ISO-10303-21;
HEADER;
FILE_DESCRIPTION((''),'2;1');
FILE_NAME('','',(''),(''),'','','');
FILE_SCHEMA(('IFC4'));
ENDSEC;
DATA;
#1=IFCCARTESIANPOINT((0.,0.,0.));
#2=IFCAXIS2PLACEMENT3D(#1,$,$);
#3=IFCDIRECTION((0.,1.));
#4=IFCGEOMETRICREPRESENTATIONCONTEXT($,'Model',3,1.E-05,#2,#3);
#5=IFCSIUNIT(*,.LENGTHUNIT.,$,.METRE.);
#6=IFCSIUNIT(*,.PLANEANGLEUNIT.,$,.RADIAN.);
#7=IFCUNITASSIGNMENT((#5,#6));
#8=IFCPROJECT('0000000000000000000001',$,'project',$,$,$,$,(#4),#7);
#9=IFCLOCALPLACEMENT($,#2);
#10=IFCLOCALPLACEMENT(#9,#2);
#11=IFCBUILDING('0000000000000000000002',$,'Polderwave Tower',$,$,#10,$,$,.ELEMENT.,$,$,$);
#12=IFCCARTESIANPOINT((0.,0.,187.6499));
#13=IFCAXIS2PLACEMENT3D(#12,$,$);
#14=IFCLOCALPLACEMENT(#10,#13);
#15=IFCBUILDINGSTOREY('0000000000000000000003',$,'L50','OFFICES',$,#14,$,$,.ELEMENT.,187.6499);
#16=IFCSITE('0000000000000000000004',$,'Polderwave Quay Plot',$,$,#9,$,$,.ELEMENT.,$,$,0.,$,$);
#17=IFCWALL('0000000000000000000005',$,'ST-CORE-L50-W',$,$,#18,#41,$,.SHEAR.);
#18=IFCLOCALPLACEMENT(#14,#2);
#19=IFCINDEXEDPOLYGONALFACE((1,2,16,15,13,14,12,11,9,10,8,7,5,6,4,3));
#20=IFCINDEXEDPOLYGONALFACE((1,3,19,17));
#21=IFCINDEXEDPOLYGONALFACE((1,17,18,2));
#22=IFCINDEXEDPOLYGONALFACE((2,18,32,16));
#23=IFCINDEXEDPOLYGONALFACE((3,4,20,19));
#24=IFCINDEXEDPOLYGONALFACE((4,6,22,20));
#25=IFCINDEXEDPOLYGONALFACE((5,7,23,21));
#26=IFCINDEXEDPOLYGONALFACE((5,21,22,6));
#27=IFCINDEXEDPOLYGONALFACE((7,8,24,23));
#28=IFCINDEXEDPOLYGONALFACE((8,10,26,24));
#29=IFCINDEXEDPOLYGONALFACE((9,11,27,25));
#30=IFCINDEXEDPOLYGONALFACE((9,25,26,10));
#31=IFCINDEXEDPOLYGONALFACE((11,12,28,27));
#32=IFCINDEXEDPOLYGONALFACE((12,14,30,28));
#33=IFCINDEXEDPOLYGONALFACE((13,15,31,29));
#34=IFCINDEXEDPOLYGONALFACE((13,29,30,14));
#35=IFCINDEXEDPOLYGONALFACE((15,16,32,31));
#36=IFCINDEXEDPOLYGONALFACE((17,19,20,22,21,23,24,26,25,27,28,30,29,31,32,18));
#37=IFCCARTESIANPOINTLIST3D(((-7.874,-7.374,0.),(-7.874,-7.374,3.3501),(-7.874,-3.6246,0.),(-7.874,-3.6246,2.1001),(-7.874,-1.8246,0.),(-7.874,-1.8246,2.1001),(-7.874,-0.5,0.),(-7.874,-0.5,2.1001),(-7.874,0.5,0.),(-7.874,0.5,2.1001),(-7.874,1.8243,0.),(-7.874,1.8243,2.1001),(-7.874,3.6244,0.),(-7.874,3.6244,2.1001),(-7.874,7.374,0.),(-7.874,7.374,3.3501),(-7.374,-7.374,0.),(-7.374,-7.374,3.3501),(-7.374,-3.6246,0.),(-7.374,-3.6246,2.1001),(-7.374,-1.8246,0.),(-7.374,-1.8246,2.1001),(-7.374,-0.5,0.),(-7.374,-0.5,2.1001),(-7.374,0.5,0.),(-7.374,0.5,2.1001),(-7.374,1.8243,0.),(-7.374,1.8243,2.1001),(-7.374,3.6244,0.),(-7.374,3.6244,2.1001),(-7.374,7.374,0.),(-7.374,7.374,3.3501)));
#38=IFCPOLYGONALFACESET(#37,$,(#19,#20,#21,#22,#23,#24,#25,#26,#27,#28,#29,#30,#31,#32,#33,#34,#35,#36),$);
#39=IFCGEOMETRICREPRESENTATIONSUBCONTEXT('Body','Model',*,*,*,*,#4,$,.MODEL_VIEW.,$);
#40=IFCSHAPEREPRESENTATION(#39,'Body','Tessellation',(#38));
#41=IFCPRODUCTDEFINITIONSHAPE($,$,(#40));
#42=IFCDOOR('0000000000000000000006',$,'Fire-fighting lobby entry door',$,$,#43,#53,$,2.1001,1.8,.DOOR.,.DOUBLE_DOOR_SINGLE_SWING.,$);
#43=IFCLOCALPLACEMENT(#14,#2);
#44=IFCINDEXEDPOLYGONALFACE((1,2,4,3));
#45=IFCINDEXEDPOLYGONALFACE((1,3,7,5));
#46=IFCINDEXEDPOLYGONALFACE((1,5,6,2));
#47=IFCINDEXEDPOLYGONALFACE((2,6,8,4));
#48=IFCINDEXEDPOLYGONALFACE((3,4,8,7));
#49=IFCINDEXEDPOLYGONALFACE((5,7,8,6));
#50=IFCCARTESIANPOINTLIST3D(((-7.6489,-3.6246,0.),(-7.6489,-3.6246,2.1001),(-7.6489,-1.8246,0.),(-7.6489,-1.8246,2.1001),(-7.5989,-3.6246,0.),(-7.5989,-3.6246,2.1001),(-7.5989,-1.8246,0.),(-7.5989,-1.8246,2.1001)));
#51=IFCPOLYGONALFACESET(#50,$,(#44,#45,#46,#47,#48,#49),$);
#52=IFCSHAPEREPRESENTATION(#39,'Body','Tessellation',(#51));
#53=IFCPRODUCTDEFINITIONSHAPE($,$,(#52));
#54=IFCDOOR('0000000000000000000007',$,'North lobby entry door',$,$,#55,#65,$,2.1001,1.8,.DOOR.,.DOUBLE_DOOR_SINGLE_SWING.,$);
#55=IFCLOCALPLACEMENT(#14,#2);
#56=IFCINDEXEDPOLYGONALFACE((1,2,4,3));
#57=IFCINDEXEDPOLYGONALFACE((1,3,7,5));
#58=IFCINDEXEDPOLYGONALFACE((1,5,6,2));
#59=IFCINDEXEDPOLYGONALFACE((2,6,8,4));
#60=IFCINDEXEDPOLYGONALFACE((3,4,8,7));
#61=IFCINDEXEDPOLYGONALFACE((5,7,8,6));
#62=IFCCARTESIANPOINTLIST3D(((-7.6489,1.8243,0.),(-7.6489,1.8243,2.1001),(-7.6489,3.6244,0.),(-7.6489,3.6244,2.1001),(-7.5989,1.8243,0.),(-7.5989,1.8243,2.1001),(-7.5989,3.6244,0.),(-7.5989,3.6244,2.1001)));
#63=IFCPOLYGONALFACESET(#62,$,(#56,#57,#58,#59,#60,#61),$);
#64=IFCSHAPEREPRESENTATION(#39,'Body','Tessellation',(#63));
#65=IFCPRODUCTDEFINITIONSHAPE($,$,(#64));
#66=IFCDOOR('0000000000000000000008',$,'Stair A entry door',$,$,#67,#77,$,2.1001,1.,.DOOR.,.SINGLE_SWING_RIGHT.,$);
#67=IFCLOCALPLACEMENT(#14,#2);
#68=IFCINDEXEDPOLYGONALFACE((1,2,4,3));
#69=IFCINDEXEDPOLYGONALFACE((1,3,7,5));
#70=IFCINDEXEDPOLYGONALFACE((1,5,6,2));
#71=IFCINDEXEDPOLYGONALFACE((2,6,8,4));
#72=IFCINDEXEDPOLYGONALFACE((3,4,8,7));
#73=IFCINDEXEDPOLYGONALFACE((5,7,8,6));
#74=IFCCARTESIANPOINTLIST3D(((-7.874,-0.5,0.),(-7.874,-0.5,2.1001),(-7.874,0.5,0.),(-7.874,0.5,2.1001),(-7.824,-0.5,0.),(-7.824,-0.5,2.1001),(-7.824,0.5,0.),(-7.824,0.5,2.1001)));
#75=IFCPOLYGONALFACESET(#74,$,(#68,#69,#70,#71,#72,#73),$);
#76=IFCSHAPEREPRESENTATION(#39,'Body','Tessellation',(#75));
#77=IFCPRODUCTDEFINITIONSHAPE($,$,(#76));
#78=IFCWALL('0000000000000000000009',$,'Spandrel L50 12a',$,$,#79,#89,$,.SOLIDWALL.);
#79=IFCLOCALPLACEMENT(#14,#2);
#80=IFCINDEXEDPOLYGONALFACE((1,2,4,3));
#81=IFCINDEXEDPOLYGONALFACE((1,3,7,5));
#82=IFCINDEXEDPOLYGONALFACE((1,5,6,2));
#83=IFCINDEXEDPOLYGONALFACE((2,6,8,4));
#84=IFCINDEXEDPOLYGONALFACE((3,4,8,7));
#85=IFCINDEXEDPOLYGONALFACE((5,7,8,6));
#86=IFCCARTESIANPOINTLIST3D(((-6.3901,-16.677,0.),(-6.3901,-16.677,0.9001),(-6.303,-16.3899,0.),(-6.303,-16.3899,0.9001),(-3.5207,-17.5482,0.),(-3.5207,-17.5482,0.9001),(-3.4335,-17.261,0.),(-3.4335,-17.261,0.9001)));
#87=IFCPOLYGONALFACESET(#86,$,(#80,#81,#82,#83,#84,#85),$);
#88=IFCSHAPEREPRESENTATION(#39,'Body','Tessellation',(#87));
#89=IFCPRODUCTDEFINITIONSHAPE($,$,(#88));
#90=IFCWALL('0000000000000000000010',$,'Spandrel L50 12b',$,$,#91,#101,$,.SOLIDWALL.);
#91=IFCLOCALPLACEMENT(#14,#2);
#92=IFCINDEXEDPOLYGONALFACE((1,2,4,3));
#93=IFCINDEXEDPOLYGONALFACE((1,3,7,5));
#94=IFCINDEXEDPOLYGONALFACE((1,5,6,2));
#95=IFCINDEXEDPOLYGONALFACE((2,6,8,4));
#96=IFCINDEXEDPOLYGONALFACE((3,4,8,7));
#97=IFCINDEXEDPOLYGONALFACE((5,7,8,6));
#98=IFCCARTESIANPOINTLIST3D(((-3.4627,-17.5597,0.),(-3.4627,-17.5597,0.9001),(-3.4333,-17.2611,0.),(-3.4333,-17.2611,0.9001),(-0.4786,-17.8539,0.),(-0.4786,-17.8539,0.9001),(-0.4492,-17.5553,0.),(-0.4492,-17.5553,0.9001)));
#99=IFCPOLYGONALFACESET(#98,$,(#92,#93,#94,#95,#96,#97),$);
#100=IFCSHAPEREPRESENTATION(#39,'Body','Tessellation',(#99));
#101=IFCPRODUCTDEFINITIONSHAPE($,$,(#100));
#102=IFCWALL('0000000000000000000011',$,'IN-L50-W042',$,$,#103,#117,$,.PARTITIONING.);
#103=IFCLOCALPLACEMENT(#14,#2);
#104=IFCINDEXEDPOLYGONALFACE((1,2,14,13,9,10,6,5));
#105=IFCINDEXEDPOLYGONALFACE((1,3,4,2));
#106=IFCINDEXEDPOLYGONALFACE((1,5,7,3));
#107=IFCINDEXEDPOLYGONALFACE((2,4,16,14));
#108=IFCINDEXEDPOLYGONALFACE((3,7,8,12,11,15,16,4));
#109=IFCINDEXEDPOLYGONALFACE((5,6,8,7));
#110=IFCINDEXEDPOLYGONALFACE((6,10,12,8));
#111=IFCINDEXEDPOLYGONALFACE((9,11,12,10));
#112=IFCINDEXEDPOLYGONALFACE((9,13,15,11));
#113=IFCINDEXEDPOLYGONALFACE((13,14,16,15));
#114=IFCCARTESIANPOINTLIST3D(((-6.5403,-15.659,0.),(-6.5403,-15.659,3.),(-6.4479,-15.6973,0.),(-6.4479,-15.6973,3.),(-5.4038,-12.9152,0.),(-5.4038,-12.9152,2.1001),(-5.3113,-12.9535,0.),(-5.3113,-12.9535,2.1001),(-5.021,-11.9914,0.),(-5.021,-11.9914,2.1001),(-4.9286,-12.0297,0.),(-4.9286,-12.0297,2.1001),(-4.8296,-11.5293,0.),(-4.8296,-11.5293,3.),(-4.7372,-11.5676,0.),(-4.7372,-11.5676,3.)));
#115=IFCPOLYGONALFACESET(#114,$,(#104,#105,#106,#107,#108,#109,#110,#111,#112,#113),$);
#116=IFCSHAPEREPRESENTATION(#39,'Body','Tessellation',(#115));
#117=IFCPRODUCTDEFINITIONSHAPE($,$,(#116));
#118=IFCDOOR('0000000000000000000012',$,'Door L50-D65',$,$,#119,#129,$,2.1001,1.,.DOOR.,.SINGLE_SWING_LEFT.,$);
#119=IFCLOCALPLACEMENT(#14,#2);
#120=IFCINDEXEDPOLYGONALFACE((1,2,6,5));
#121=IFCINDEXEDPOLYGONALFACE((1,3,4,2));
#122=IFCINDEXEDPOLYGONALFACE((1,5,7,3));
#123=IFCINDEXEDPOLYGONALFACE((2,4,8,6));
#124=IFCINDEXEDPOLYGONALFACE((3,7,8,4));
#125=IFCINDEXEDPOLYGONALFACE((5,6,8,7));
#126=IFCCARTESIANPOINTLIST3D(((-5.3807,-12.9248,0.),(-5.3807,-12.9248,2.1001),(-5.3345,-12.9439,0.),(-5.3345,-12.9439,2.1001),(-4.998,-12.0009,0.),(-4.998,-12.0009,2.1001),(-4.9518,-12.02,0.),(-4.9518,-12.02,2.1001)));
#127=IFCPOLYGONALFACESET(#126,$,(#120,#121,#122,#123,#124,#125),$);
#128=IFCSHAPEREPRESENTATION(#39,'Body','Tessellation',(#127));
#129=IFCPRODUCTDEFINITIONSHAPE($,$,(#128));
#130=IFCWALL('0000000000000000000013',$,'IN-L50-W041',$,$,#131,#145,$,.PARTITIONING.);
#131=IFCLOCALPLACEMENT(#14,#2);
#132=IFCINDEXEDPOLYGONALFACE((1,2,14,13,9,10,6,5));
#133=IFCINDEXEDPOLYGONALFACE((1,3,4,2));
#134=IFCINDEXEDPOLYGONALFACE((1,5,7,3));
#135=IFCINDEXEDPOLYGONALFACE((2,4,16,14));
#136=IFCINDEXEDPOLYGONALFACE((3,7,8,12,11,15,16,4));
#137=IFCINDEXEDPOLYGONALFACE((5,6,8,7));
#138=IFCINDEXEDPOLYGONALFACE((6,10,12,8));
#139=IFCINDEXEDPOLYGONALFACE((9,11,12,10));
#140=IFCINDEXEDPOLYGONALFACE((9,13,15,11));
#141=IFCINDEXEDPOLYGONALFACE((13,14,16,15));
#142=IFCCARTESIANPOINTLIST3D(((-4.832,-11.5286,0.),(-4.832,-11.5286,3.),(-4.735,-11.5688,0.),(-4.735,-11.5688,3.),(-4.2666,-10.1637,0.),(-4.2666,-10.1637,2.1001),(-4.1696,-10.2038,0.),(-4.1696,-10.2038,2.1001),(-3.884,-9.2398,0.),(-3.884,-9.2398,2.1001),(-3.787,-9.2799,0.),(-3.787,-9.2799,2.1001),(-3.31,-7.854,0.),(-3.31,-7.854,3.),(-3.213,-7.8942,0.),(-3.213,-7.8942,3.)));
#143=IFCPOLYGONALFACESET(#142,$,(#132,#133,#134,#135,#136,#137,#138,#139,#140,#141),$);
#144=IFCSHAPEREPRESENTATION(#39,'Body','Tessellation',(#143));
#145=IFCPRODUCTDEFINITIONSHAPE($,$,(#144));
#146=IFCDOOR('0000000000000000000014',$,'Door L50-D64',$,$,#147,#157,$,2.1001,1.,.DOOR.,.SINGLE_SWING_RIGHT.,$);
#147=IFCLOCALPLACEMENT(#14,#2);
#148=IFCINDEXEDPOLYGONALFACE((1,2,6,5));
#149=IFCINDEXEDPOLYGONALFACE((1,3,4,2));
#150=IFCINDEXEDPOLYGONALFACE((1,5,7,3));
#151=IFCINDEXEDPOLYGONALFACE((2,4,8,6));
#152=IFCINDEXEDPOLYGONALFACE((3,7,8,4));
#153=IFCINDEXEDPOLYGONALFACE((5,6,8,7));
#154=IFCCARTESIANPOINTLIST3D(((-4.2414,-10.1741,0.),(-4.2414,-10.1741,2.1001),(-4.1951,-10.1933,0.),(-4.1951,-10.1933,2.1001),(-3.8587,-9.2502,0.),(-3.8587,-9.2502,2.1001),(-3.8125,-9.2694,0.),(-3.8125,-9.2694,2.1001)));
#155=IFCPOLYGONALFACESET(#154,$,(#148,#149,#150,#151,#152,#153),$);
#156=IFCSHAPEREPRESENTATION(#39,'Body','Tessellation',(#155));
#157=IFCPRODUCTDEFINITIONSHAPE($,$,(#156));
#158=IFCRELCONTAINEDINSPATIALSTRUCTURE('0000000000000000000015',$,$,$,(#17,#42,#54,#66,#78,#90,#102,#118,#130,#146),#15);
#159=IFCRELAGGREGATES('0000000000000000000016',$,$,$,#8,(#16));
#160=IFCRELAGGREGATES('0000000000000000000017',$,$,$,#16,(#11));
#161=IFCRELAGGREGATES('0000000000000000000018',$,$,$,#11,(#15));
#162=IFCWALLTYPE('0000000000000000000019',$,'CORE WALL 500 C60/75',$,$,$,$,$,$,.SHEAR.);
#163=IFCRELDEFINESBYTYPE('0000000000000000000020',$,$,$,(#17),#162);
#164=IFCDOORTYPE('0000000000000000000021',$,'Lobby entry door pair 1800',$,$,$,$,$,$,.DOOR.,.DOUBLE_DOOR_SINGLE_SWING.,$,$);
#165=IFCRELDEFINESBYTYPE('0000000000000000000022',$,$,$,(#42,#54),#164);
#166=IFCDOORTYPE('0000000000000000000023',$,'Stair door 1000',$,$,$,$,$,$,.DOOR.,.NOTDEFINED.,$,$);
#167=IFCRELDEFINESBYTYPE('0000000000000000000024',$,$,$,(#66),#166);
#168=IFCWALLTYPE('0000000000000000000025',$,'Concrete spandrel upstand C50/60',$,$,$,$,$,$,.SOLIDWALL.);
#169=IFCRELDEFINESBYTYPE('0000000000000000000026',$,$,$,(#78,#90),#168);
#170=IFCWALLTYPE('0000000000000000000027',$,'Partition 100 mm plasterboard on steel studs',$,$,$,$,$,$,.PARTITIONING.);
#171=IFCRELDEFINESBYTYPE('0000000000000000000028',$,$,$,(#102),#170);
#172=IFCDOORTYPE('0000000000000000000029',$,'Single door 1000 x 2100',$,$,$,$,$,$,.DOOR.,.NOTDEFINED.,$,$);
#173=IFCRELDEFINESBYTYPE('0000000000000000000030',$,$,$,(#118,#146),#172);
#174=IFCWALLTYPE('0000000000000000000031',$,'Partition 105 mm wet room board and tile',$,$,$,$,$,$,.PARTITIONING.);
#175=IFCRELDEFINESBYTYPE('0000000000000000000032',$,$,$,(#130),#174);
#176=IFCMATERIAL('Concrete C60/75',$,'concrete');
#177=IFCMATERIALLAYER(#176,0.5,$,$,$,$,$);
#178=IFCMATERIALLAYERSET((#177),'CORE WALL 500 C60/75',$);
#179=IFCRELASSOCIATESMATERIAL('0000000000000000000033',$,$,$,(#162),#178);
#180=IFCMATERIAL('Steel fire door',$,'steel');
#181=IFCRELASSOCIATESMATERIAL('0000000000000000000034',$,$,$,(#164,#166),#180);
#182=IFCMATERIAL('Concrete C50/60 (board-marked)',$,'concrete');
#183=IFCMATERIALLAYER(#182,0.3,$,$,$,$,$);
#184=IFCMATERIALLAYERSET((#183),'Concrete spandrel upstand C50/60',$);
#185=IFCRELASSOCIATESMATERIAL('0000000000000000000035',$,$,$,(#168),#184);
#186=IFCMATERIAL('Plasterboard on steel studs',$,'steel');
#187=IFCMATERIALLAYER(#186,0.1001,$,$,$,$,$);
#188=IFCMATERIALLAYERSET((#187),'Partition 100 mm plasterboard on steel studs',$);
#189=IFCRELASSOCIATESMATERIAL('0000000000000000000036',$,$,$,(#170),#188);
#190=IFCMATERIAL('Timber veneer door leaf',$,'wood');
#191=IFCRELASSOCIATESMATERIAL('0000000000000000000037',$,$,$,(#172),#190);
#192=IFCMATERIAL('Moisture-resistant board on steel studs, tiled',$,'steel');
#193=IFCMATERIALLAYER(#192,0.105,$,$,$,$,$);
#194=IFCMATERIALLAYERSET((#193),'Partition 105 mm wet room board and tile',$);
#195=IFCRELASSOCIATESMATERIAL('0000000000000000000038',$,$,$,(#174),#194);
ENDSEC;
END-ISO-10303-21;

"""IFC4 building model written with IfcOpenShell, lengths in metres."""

from ifc_helpers import new_model, si_unit, direction, frame, frame_2d, origin, place, context, subcontext, project, spatial, rectangle, extrude, material, layer, layer_set, type_object, element, fill, save


model = new_model("IFC4")

# Units and contexts
model_context = context("Model", 3, precision=1e-05, world=origin(), true_north=direction((0.0, 1.0)))
body_context = subcontext(model_context, "Body", "Model", "MODEL_VIEW")
ifc_project = project(units=[si_unit("LENGTHUNIT", "METRE"), si_unit("PLANEANGLEUNIT", "RADIAN")], contexts=[model_context])

# Site, building, storey
site_placement = place(None, origin())
site = spatial("IfcSite", under=ifc_project, at=site_placement, Name="Polderwave Quay Plot", CompositionType="ELEMENT", RefElevation=0.0)
building_placement = place(site_placement, origin())
building = spatial("IfcBuilding", under=site, at=building_placement, Name="Polderwave Tower", CompositionType="ELEMENT")
storey_placement = place(building_placement, frame((0.0, 0.0, 187.6499)))
storey = spatial("IfcBuildingStorey", under=building, at=storey_placement, Name="L50", Description="OFFICES", CompositionType="ELEMENT", Elevation=187.6499)

# Shared definitions
ifc_material_1 = material(Name="Concrete C60/75", Category="concrete")

# Wall, openings, doors
ifc_layer_1 = layer(ifc_material_1, 0.5)
ifc_layer_set_1 = layer_set([ifc_layer_1], Name="CORE WALL 500 C60/75")
wall_type_1 = type_object("IfcWallType", Name="CORE WALL 500 C60/75", PredefinedType="SHEAR", material=ifc_layer_set_1)
wall_1_placement = place(storey_placement, frame((-7.624, -7.374, 0.0), z_axis=(0.0, 0.0, 1.0), x_axis=(0.0, 1.0, 0.0)))
wall_1 = element("IfcWall", 1, at=wall_1_placement, inside=storey, type_object=wall_type_1, Name="ST-CORE-L50-W", PredefinedType="SHEAR", context=body_context, shape_type="SweptSolid", body=[
    extrude(rectangle(XDim=14.748, YDim=0.5, at=frame_2d((7.374, 0.0))), origin(), (0.0, 0.0, 1.0), 3.3501),
])
opening_1_placement = place(wall_1_placement, frame((6.874, 0.0, 0.0)))
opening_1 = element("IfcOpeningElement", 2, at=opening_1_placement, cuts=wall_1, PredefinedType="OPENING", context=body_context, shape_type="SweptSolid", body=[
    extrude(rectangle(XDim=1.0, YDim=2.1001, at=frame_2d((0.5, 1.05))), frame((0.0, 0.26, 0.0), z_axis=(0.0, -1.0, 0.0), x_axis=(1.0, 0.0, 0.0)), (0.0, 0.0, 1.0), 0.52),
])
opening_2_placement = place(wall_1_placement, frame((3.7495, 0.0, 0.0)))
opening_2 = element("IfcOpeningElement", 3, at=opening_2_placement, cuts=wall_1, PredefinedType="OPENING", context=body_context, shape_type="SweptSolid", body=[
    extrude(rectangle(XDim=1.8, YDim=2.1001, at=frame_2d((0.8999, 1.05))), frame((0.0, 0.26, 0.0), z_axis=(0.0, -1.0, 0.0), x_axis=(1.0, 0.0, 0.0)), (0.0, 0.0, 1.0), 0.52),
])
opening_3_placement = place(wall_1_placement, frame((9.1985, 0.0, 0.0)))
opening_3 = element("IfcOpeningElement", 4, at=opening_3_placement, cuts=wall_1, PredefinedType="OPENING", context=body_context, shape_type="SweptSolid", body=[
    extrude(rectangle(XDim=1.8, YDim=2.1001, at=frame_2d((0.8999, 1.05))), frame((0.0, 0.26, 0.0), z_axis=(0.0, -1.0, 0.0), x_axis=(1.0, 0.0, 0.0)), (0.0, 0.0, 1.0), 0.52),
])
ifc_material_2 = material(Name="Steel fire door", Category="steel")
door_type_1 = type_object("IfcDoorType", Name="Lobby entry door pair 1800", OperationType="DOUBLE_DOOR_SINGLE_SWING", PredefinedType="DOOR", material=ifc_material_2)
door_1_placement = place(opening_2_placement, origin())
door_1 = element("IfcDoor", 5, at=door_1_placement, inside=storey, type_object=door_type_1, Name="Fire-fighting lobby entry door", OperationType="DOUBLE_DOOR_SINGLE_SWING", OverallHeight=2.1001, OverallWidth=1.8, PredefinedType="DOOR", context=body_context, shape_type="SweptSolid", body=[
    extrude(rectangle(XDim=1.8, YDim=2.1001, at=frame_2d((0.8999, 1.05))), frame((0.0, 0.0249, 0.0), z_axis=(0.0, -1.0, 0.0), x_axis=(1.0, 0.0, 0.0)), (0.0, 0.0, 1.0), 0.05),
])
fill(opening_2, door_1)
door_2_placement = place(opening_3_placement, origin())
door_2 = element("IfcDoor", 6, at=door_2_placement, inside=storey, type_object=door_type_1, Name="North lobby entry door", OperationType="DOUBLE_DOOR_SINGLE_SWING", OverallHeight=2.1001, OverallWidth=1.8, PredefinedType="DOOR", context=body_context, shape_type="SweptSolid", body=[
    extrude(rectangle(XDim=1.8, YDim=2.1001, at=frame_2d((0.8999, 1.05))), frame((0.0, 0.0249, 0.0), z_axis=(0.0, -1.0, 0.0), x_axis=(1.0, 0.0, 0.0)), (0.0, 0.0, 1.0), 0.05),
])
fill(opening_3, door_2)
door_type_2 = type_object("IfcDoorType", Name="Stair door 1000", OperationType="NOTDEFINED", PredefinedType="DOOR", material=ifc_material_2)
door_3_placement = place(opening_1_placement, origin())
door_3 = element("IfcDoor", 7, at=door_3_placement, inside=storey, type_object=door_type_2, Name="Stair A entry door", OperationType="SINGLE_SWING_RIGHT", OverallHeight=2.1001, OverallWidth=1.0, PredefinedType="DOOR", context=body_context, shape_type="SweptSolid", body=[
    extrude(rectangle(XDim=1.0, YDim=2.1001, at=frame_2d((0.5, 1.05))), frame((0.0, 0.25, 0.0), z_axis=(0.0, -1.0, 0.0), x_axis=(1.0, 0.0, 0.0)), (0.0, 0.0, 1.0), 0.05),
])
fill(opening_1, door_3)

# Walls
ifc_material_3 = material(Name="Concrete C50/60 (board-marked)", Category="concrete")
ifc_layer_2 = layer(ifc_material_3, 0.3)
ifc_layer_set_2 = layer_set([ifc_layer_2], Name="Concrete spandrel upstand C50/60")
wall_type_2 = type_object("IfcWallType", Name="Concrete spandrel upstand C50/60", PredefinedType="SOLIDWALL", material=ifc_layer_set_2)
wall_2_placement = place(storey_placement, frame((-6.3467, -16.5334, 0.0), z_axis=(0.0, 0.0, 1.0), x_axis=(0.956878, -0.290491, 0.0)))
element("IfcWall", 8, at=wall_2_placement, inside=storey, type_object=wall_type_2, Name="Spandrel L50 12a", PredefinedType="SOLIDWALL", context=body_context, shape_type="SweptSolid", body=[
    extrude(rectangle(XDim=2.9988, YDim=0.3, at=frame_2d((1.4995, 0.0))), origin(), (0.0, 0.0, 1.0), 0.9001),
])
wall_3_placement = place(storey_placement, frame((-3.448, -17.4104, 0.0), z_axis=(0.0, 0.0, 1.0), x_axis=(0.995176, -0.098109, 0.0)))
element("IfcWall", 9, at=wall_3_placement, inside=storey, type_object=wall_type_2, Name="Spandrel L50 12b", PredefinedType="SOLIDWALL", context=body_context, shape_type="SweptSolid", body=[
    extrude(rectangle(XDim=2.9985, YDim=0.3, at=frame_2d((1.4993, 0.0))), origin(), (0.0, 0.0, 1.0), 0.9001),
])

# Walls, openings, doors
ifc_material_4 = material(Name="Plasterboard on steel studs", Category="steel")
ifc_layer_3 = layer(ifc_material_4, 0.1001)
ifc_layer_set_3 = layer_set([ifc_layer_3], Name="Partition 100 mm plasterboard on steel studs")
wall_type_3 = type_object("IfcWallType", Name="Partition 100 mm plasterboard on steel studs", PredefinedType="PARTITIONING", material=ifc_layer_set_3)
wall_4_placement = place(storey_placement, frame((-4.7834, -11.5486, 0.0), z_axis=(0.0, 0.0, 1.0), x_axis=(-0.38271, -0.923868, 0.0)))
wall_4 = element("IfcWall", 10, at=wall_4_placement, inside=storey, type_object=wall_type_3, Name="IN-L50-W042", PredefinedType="PARTITIONING", context=body_context, shape_type="SweptSolid", body=[
    extrude(rectangle(XDim=4.47, YDim=0.1001, at=frame_2d((2.2349, 0.0))), origin(), (0.0, 0.0, 1.0), 3.0),
])
opening_4_placement = place(wall_4_placement, frame((0.5, 0.0, 0.0)))
opening_4 = element("IfcOpeningElement", 11, at=opening_4_placement, cuts=wall_4, PredefinedType="OPENING", context=body_context, shape_type="SweptSolid", body=[
    extrude(rectangle(XDim=1.0, YDim=2.1001, at=frame_2d((0.5, 1.05))), frame((0.0, 0.0601, 0.0), z_axis=(0.0, -1.0, 0.0), x_axis=(1.0, 0.0, 0.0)), (0.0, 0.0, 1.0), 0.1201),
])
ifc_material_5 = material(Name="Timber veneer door leaf", Category="wood")
door_type_3 = type_object("IfcDoorType", Name="Single door 1000 x 2100", OperationType="NOTDEFINED", PredefinedType="DOOR", material=ifc_material_5)
door_4_placement = place(opening_4_placement, origin())
door_4 = element("IfcDoor", 12, at=door_4_placement, inside=storey, type_object=door_type_3, Name="Door L50-D65", OperationType="SINGLE_SWING_LEFT", OverallHeight=2.1001, OverallWidth=1.0, PredefinedType="DOOR", context=body_context, shape_type="SweptSolid", body=[
    extrude(rectangle(XDim=1.0, YDim=2.1001, at=frame_2d((0.5, 1.05))), frame((0.0, 0.0249, 0.0), z_axis=(0.0, -1.0, 0.0), x_axis=(1.0, 0.0, 0.0)), (0.0, 0.0, 1.0), 0.05),
])
fill(opening_4, door_4)
ifc_material_6 = material(Name="Moisture-resistant board on steel studs, tiled", Category="steel")
ifc_layer_4 = layer(ifc_material_6, 0.105)
ifc_layer_set_4 = layer_set([ifc_layer_4], Name="Partition 105 mm wet room board and tile")
wall_type_4 = type_object("IfcWallType", Name="Partition 105 mm wet room board and tile", PredefinedType="PARTITIONING", material=ifc_layer_set_4)
wall_5_placement = place(storey_placement, frame((-3.2615, -7.874, 0.0), z_axis=(0.0, 0.0, 1.0), x_axis=(-0.382666, -0.923887, 0.0)))
wall_5 = element("IfcWall", 13, at=wall_5_placement, inside=storey, type_object=wall_type_4, Name="IN-L50-W041", PredefinedType="PARTITIONING", context=body_context, shape_type="SweptSolid", body=[
    extrude(rectangle(XDim=3.9773, YDim=0.105, at=frame_2d((1.9888, 0.0))), origin(), (0.0, 0.0, 1.0), 3.0),
])
opening_5_placement = place(wall_5_placement, frame((1.5, 0.0, 0.0)))
opening_5 = element("IfcOpeningElement", 14, at=opening_5_placement, cuts=wall_5, PredefinedType="OPENING", context=body_context, shape_type="SweptSolid", body=[
    extrude(rectangle(XDim=1.0, YDim=2.1001, at=frame_2d((0.5, 1.05))), frame((0.0, 0.0625, 0.0), z_axis=(0.0, -1.0, 0.0), x_axis=(1.0, 0.0, 0.0)), (0.0, 0.0, 1.0), 0.125),
])
door_5_placement = place(opening_5_placement, origin())
door_5 = element("IfcDoor", 15, at=door_5_placement, inside=storey, type_object=door_type_3, Name="Door L50-D64", OperationType="SINGLE_SWING_RIGHT", OverallHeight=2.1001, OverallWidth=1.0, PredefinedType="DOOR", context=body_context, shape_type="SweptSolid", body=[
    extrude(rectangle(XDim=1.0, YDim=2.1001, at=frame_2d((0.5, 1.05))), frame((0.0, 0.0249, 0.0), z_axis=(0.0, -1.0, 0.0), x_axis=(1.0, 0.0, 0.0)), (0.0, 0.0, 1.0), 0.05),
])
fill(opening_5, door_5)

save(model, "model.ifc")
